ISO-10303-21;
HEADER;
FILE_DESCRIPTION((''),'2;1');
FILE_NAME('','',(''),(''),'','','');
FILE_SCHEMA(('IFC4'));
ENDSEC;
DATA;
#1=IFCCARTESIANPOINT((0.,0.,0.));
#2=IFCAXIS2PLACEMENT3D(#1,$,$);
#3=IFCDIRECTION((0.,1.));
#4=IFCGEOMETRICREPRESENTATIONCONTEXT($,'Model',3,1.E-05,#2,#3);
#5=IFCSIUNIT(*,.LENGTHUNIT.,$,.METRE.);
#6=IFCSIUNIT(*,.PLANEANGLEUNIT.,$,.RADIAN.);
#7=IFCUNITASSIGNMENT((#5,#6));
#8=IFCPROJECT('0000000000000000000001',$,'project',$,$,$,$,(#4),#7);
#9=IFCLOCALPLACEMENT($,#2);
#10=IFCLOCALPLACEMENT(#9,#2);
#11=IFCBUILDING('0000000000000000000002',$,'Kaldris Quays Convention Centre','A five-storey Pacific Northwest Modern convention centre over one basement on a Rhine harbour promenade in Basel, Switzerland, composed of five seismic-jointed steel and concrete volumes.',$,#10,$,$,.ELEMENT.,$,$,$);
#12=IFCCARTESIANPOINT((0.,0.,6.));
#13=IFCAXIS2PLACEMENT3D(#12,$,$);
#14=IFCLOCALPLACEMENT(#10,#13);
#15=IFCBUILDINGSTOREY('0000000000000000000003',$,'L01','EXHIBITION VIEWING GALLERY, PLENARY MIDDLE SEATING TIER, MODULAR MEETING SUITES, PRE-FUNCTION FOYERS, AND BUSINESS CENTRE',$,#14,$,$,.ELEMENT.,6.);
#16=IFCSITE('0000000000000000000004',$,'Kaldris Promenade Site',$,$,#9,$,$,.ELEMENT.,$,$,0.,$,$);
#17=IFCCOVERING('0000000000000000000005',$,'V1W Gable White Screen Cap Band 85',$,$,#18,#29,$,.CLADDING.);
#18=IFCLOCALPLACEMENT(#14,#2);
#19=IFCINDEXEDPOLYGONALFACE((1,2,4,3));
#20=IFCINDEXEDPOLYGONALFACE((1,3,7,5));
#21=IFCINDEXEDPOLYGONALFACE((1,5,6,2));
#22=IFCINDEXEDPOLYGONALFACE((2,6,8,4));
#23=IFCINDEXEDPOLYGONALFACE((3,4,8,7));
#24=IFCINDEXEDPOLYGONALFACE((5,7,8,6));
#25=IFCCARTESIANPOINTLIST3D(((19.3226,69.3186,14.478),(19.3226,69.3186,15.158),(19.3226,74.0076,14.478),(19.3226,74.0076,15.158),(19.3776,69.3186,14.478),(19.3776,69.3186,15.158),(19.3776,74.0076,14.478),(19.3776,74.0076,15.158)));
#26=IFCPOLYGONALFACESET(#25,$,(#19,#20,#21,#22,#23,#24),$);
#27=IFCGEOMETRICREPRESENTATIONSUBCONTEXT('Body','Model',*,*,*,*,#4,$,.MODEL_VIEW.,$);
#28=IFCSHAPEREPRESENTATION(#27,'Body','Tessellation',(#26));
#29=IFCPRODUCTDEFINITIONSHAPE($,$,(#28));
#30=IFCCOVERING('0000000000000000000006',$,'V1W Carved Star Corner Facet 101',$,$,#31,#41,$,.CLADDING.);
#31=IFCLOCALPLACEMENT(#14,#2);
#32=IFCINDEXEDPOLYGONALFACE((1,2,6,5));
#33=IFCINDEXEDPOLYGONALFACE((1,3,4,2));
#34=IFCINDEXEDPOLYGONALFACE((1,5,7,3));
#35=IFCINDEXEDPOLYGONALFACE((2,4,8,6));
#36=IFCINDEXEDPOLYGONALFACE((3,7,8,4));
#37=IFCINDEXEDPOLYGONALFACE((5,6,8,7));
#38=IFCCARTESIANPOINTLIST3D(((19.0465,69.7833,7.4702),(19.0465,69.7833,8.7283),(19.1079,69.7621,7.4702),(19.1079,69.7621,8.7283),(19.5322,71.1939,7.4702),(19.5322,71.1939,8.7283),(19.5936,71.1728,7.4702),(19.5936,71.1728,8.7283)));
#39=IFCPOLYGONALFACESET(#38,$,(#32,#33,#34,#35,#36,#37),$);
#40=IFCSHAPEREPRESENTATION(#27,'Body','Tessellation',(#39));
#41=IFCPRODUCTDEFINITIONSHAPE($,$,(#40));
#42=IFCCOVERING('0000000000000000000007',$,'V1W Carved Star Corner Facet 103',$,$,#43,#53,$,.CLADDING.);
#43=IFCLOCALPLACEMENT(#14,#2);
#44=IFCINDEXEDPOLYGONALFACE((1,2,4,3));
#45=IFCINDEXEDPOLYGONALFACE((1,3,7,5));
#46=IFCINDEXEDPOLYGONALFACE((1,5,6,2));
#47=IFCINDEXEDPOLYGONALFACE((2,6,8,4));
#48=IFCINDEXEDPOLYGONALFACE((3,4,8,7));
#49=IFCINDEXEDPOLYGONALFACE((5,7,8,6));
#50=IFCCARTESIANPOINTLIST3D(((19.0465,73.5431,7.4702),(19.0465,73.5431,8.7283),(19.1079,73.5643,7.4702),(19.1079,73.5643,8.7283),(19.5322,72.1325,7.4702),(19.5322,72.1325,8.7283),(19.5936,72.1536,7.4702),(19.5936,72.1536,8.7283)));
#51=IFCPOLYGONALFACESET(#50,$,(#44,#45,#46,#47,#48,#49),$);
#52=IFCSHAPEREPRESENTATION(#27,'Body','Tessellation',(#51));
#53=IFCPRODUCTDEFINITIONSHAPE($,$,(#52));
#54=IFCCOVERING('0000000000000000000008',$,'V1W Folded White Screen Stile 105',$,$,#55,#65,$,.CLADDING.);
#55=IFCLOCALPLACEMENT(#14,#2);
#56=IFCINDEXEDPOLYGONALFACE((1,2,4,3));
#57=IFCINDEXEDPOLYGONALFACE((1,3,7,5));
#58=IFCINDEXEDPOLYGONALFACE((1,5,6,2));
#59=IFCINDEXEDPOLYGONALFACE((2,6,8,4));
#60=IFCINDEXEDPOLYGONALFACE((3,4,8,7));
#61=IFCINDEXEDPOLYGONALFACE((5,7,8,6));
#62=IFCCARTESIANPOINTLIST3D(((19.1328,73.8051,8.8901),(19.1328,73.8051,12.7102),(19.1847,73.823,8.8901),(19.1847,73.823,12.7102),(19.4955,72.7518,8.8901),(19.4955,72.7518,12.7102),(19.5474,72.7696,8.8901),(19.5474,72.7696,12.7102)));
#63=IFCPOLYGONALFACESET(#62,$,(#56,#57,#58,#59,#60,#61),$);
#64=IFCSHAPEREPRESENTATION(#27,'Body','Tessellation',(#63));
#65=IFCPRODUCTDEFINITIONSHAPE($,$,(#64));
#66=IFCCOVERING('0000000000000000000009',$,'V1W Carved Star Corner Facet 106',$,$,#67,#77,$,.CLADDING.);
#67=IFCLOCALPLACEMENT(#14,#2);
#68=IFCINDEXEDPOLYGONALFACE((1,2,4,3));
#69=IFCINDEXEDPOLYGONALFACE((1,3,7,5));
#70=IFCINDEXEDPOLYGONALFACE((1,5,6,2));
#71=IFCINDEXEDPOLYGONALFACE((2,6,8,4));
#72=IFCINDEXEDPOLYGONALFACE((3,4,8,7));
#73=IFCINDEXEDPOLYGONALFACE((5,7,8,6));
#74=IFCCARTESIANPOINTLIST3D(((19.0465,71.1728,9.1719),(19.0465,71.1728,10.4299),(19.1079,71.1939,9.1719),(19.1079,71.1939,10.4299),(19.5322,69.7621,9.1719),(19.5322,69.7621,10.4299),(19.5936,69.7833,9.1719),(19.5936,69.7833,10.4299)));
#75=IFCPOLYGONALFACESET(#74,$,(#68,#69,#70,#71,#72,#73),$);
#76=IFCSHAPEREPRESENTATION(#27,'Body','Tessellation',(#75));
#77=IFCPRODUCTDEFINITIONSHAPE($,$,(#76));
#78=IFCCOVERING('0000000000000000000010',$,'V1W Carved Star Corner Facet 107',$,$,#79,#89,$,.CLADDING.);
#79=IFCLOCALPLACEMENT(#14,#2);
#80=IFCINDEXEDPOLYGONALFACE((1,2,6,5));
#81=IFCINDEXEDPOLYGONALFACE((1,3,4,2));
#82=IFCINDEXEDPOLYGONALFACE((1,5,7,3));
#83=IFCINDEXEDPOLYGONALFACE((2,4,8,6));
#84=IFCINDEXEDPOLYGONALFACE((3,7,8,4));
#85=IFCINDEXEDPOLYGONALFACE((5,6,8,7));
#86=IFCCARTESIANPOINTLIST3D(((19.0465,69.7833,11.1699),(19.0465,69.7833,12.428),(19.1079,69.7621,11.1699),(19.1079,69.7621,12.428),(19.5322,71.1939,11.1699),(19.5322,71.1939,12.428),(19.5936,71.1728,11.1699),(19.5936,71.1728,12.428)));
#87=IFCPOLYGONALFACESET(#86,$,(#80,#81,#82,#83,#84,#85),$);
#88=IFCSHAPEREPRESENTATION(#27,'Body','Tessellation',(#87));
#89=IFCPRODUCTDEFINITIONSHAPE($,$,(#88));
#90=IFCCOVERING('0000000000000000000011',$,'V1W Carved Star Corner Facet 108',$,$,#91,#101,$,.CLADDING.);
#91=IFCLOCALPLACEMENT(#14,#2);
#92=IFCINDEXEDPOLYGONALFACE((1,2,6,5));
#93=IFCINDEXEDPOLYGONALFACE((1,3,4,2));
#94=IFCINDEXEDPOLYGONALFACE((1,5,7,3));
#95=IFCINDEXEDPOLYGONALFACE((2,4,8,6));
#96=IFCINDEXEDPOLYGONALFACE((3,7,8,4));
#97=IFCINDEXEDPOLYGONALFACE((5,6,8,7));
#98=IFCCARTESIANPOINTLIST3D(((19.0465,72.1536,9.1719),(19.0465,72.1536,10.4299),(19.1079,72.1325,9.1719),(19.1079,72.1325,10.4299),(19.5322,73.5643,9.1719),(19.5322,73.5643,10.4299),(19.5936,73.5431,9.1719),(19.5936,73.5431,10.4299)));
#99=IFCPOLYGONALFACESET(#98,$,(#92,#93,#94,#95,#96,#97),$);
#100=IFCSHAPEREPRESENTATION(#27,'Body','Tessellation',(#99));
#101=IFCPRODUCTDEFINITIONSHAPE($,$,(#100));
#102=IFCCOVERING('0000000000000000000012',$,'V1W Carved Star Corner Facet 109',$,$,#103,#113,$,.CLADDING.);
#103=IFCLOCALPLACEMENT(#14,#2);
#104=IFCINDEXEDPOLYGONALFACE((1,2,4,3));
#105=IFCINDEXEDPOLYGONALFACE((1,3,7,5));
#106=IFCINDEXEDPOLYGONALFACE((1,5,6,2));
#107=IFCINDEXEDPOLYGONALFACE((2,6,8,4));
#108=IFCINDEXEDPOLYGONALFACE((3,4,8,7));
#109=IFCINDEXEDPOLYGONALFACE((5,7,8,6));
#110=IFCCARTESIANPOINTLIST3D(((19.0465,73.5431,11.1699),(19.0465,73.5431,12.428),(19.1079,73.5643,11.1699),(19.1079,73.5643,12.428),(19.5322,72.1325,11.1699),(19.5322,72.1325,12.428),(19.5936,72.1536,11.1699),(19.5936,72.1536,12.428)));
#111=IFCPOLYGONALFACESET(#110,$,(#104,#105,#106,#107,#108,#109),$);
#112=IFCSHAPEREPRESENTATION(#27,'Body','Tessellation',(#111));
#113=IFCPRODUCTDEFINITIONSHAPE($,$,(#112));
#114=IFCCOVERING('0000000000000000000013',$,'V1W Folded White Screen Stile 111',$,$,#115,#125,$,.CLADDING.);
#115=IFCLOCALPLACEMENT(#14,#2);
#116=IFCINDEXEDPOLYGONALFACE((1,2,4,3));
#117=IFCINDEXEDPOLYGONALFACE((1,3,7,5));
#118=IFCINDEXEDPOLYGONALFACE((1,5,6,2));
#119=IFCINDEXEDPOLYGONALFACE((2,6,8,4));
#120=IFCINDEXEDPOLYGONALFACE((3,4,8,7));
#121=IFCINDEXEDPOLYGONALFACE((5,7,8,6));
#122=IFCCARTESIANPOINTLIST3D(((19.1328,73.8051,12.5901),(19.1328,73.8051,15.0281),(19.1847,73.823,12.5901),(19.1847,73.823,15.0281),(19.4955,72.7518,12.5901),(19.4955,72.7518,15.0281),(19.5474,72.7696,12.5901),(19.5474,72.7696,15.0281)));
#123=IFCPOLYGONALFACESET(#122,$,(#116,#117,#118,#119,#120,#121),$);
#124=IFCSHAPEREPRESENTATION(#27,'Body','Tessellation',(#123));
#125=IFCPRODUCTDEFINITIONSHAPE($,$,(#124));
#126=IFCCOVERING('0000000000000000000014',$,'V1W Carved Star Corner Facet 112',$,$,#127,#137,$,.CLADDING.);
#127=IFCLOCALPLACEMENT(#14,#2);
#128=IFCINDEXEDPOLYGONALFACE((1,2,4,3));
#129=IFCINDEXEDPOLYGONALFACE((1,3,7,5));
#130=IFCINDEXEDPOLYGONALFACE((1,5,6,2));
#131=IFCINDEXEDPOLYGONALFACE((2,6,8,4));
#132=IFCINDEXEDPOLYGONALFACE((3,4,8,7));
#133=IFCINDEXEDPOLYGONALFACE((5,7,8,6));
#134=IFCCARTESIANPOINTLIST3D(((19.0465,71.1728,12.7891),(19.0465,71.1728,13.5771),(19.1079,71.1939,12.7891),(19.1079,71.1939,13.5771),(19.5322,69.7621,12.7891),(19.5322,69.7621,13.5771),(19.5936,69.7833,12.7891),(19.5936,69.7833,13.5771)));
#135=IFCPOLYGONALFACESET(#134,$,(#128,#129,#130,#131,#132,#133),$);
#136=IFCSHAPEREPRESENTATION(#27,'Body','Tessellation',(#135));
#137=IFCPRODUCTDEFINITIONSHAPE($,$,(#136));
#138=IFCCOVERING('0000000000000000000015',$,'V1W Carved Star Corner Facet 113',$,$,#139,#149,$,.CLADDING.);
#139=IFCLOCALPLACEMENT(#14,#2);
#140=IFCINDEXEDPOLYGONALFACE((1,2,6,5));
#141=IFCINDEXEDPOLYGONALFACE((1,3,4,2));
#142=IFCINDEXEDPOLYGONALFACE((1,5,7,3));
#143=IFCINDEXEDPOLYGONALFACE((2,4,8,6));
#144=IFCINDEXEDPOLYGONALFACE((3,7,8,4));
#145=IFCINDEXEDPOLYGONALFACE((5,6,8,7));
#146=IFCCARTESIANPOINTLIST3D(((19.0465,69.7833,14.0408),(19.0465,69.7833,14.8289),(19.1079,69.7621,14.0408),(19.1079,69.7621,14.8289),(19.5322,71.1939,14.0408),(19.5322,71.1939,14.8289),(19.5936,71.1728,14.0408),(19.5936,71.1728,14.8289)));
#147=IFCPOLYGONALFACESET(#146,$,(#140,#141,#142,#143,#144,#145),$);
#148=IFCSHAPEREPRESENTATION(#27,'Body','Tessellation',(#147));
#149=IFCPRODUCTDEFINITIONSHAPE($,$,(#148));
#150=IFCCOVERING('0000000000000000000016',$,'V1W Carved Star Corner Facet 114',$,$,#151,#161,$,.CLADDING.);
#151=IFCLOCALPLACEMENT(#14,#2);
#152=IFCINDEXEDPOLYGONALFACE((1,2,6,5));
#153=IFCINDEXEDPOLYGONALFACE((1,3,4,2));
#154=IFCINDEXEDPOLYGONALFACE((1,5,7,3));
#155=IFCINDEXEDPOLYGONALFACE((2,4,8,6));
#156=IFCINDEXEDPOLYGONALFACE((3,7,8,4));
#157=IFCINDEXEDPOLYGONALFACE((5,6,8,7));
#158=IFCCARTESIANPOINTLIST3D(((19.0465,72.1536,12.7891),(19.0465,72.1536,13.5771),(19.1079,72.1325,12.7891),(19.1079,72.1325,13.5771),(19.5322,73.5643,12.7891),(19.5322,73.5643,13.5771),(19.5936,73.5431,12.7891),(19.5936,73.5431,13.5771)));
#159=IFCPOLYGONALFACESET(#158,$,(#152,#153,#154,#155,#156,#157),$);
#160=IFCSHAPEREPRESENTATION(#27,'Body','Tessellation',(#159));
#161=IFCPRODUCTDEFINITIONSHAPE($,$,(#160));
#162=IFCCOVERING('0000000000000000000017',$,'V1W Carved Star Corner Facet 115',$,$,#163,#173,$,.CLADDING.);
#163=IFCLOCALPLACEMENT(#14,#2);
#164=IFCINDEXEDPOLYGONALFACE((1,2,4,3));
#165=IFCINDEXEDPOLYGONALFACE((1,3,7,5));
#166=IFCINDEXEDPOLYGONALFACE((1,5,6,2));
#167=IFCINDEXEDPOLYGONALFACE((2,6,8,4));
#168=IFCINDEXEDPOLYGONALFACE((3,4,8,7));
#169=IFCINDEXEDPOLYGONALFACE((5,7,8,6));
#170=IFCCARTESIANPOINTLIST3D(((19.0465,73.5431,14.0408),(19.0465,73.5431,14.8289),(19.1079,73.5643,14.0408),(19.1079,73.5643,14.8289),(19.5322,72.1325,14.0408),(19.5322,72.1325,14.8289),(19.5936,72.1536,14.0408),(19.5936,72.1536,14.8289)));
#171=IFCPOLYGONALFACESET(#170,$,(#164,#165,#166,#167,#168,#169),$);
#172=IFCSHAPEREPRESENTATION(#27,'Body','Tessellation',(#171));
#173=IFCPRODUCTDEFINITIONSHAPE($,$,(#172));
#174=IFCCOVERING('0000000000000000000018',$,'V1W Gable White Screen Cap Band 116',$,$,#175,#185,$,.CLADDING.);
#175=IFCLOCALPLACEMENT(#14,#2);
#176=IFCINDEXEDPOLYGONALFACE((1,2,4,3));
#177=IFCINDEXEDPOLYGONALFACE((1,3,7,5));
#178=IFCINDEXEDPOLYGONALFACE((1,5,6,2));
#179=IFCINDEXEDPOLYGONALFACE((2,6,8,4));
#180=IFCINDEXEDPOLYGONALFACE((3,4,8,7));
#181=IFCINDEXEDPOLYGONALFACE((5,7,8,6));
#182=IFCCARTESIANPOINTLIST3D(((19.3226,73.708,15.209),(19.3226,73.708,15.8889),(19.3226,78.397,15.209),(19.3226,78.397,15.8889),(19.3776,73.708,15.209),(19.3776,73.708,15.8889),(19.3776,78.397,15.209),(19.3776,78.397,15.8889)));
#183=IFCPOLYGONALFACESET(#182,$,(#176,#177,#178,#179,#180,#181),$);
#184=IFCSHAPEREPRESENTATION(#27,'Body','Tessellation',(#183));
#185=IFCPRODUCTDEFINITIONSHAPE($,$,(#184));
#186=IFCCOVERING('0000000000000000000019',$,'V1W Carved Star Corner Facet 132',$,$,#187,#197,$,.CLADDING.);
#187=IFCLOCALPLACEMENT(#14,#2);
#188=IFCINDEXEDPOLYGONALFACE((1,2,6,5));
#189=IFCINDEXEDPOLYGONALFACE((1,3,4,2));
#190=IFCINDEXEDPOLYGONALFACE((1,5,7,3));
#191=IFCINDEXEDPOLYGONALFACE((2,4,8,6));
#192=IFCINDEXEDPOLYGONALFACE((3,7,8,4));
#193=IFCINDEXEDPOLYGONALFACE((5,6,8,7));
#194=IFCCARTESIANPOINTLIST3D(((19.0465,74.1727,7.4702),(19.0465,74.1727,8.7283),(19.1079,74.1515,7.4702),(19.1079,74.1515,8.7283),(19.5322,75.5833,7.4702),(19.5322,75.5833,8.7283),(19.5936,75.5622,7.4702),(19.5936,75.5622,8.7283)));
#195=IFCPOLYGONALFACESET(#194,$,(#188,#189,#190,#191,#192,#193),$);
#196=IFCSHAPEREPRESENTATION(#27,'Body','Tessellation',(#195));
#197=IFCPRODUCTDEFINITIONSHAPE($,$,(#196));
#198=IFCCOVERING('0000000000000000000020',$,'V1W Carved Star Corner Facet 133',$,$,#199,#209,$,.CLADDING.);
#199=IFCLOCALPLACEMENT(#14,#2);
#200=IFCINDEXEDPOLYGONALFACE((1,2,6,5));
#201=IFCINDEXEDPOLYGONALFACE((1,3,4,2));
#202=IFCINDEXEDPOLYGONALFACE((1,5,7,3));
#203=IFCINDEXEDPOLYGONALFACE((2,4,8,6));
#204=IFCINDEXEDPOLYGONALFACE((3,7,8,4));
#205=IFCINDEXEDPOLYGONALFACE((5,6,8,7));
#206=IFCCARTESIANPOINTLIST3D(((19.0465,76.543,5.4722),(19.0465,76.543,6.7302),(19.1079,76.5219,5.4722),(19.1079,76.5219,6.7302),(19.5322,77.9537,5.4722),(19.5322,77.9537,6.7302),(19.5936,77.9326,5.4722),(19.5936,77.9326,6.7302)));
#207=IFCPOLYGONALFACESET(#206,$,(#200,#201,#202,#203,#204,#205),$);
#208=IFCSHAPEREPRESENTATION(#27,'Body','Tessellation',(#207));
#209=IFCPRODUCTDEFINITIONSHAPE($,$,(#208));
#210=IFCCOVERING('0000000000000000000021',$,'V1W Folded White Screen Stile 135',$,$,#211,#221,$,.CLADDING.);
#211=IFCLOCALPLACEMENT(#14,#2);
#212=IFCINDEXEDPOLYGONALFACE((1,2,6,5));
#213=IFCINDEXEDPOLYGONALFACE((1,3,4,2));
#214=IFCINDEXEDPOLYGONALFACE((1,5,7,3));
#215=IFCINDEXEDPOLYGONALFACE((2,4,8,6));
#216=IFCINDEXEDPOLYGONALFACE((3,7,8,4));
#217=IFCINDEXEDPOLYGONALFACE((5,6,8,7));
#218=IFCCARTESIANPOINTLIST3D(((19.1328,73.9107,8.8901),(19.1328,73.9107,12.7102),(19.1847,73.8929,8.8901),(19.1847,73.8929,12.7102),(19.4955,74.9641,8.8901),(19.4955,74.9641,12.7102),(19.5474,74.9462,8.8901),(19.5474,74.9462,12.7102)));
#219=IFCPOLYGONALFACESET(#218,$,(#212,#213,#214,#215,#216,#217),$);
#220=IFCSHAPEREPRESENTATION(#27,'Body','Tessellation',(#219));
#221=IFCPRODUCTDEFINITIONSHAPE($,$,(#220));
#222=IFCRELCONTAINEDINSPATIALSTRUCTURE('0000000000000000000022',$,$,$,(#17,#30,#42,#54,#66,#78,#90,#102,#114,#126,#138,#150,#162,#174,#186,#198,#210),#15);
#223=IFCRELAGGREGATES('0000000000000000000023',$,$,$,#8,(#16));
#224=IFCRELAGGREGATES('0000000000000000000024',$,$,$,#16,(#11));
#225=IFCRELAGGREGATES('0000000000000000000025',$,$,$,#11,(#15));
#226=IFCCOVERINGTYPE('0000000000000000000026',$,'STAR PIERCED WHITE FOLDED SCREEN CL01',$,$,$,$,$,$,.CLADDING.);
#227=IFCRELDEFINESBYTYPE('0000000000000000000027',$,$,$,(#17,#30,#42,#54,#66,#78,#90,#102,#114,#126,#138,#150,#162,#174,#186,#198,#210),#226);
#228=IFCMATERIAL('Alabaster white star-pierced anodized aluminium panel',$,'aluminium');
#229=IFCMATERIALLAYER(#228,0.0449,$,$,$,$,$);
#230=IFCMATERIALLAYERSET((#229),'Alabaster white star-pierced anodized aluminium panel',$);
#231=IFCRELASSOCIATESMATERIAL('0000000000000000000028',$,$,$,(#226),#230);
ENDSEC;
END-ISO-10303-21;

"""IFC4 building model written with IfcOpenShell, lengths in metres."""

from ifc_helpers import new_model, si_unit, direction, frame, origin, origin_2d, place, context, subcontext, project, spatial, rectangle, extrude, material, layer, layer_set, type_object, element, save


model = new_model("IFC4")

# Units and contexts
model_context = context("Model", 3, precision=1e-05, world=origin(), true_north=direction((0.0, 1.0)))
body_context = subcontext(model_context, "Body", "Model", "MODEL_VIEW")
ifc_project = project(units=[si_unit("LENGTHUNIT", "METRE"), si_unit("PLANEANGLEUNIT", "RADIAN")], contexts=[model_context])

# Site, building, storey
site_placement = place(None, origin())
site = spatial("IfcSite", under=ifc_project, at=site_placement, Name="Kaldris Promenade Site", CompositionType="ELEMENT", RefElevation=0.0)
building_placement = place(site_placement, origin())
building = spatial("IfcBuilding", under=site, at=building_placement, Name="Kaldris Quays Convention Centre", Description="A five-storey Pacific Northwest Modern convention centre over one basement on a Rhine harbour promenade in Basel, Switzerland, composed of five seismic-jointed steel and concrete volumes.", CompositionType="ELEMENT")
storey_placement = place(building_placement, frame((0.0, 0.0, 6.0)))
storey = spatial("IfcBuildingStorey", under=building, at=storey_placement, Name="L01", Description="EXHIBITION VIEWING GALLERY, PLENARY MIDDLE SEATING TIER, MODULAR MEETING SUITES, PRE-FUNCTION FOYERS, AND BUSINESS CENTRE", CompositionType="ELEMENT", Elevation=6.0)

# Coverings
ifc_material_1 = material(Name="Alabaster white star-pierced anodized aluminium panel", Category="aluminium")
ifc_layer = layer(ifc_material_1, 0.0449)
ifc_layer_set = layer_set([ifc_layer], Name="Alabaster white star-pierced anodized aluminium panel")
covering_type = type_object("IfcCoveringType", Name="STAR PIERCED WHITE FOLDED SCREEN CL01", PredefinedType="CLADDING", material=ifc_layer_set)
covering_1_placement = place(storey_placement, frame((19.3501, 71.6631, 14.478), z_axis=(0.0, 0.0, 1.0), x_axis=(0.0, 1.0, 0.0)))
element("IfcCovering", 1, at=covering_1_placement, inside=storey, type_object=covering_type, Name="V1W Gable White Screen Cap Band 85", PredefinedType="CLADDING", context=body_context, shape_type="SweptSolid", body=[
    extrude(rectangle(XDim=4.689, YDim=0.0549, at=origin_2d()), origin(), (0.0, 0.0, 1.0), 0.6799),
])
for number, where, z_axis, x_axis, name in (
    (2, (19.3201, 70.478, 7.4702), (0.0, 0.0, 1.0), (0.325568, 0.945519, 0.0), "V1W Carved Star Corner Facet 101"),
    (3, (19.3201, 72.8484, 7.4702), (0.0, 0.0, 1.0), (-0.325568, 0.945519, 0.0), "V1W Carved Star Corner Facet 103"),
):
    element("IfcCovering", number, at=place(storey_placement, frame(where, z_axis=z_axis, x_axis=x_axis)), inside=storey, type_object=covering_type, Name=name, PredefinedType="CLADDING", context=body_context, shape_type="SweptSolid", body=[
        extrude(rectangle(XDim=1.4919, YDim=0.0649, at=origin_2d()), origin(), (0.0, 0.0, 1.0), 1.2581),
    ])
covering_2_placement = place(storey_placement, frame((19.3401, 73.2874, 8.8901), z_axis=(0.0, 0.0, 1.0), x_axis=(-0.325568, 0.945519, 0.0)))
element("IfcCovering", 4, at=covering_2_placement, inside=storey, type_object=covering_type, Name="V1W Folded White Screen Stile 105", PredefinedType="CLADDING", context=body_context, shape_type="SweptSolid", body=[
    extrude(rectangle(XDim=1.114, YDim=0.0549, at=origin_2d()), origin(), (0.0, 0.0, 1.0), 3.8201),
])
for number, where, z_axis, x_axis, name in (
    (5, (19.3201, 70.478, 9.1719), (0.0, 0.0, 1.0), (-0.325568, 0.945519, 0.0), "V1W Carved Star Corner Facet 106"),
    (6, (19.3201, 70.478, 11.1699), (0.0, 0.0, 1.0), (0.325568, 0.945519, 0.0), "V1W Carved Star Corner Facet 107"),
    (7, (19.3201, 72.8484, 9.1719), (0.0, 0.0, 1.0), (0.325568, 0.945519, 0.0), "V1W Carved Star Corner Facet 108"),
    (8, (19.3201, 72.8484, 11.1699), (0.0, 0.0, 1.0), (-0.325568, 0.945519, 0.0), "V1W Carved Star Corner Facet 109"),
):
    element("IfcCovering", number, at=place(storey_placement, frame(where, z_axis=z_axis, x_axis=x_axis)), inside=storey, type_object=covering_type, Name=name, PredefinedType="CLADDING", context=body_context, shape_type="SweptSolid", body=[
        extrude(rectangle(XDim=1.4919, YDim=0.0649, at=origin_2d()), origin(), (0.0, 0.0, 1.0), 1.2581),
    ])
covering_3_placement = place(storey_placement, frame((19.3401, 73.2874, 12.5901), z_axis=(0.0, 0.0, 1.0), x_axis=(-0.325568, 0.945519, 0.0)))
element("IfcCovering", 9, at=covering_3_placement, inside=storey, type_object=covering_type, Name="V1W Folded White Screen Stile 111", PredefinedType="CLADDING", context=body_context, shape_type="SweptSolid", body=[
    extrude(rectangle(XDim=1.114, YDim=0.0549, at=origin_2d()), origin(), (0.0, 0.0, 1.0), 2.438),
])
for number, where, z_axis, x_axis, name in (
    (10, (19.3201, 70.478, 12.7891), (0.0, 0.0, 1.0), (-0.325568, 0.945519, 0.0), "V1W Carved Star Corner Facet 112"),
    (11, (19.3201, 70.478, 14.0408), (0.0, 0.0, 1.0), (0.325568, 0.945519, 0.0), "V1W Carved Star Corner Facet 113"),
    (12, (19.3201, 72.8484, 12.7891), (0.0, 0.0, 1.0), (0.325568, 0.945519, 0.0), "V1W Carved Star Corner Facet 114"),
    (13, (19.3201, 72.8484, 14.0408), (0.0, 0.0, 1.0), (-0.325568, 0.945519, 0.0), "V1W Carved Star Corner Facet 115"),
):
    element("IfcCovering", number, at=place(storey_placement, frame(where, z_axis=z_axis, x_axis=x_axis)), inside=storey, type_object=covering_type, Name=name, PredefinedType="CLADDING", context=body_context, shape_type="SweptSolid", body=[
        extrude(rectangle(XDim=1.4919, YDim=0.0649, at=origin_2d()), origin(), (0.0, 0.0, 1.0), 0.7881),
    ])
covering_4_placement = place(storey_placement, frame((19.3501, 76.0525, 15.209), z_axis=(0.0, 0.0, 1.0), x_axis=(0.0, 1.0, 0.0)))
element("IfcCovering", 14, at=covering_4_placement, inside=storey, type_object=covering_type, Name="V1W Gable White Screen Cap Band 116", PredefinedType="CLADDING", context=body_context, shape_type="SweptSolid", body=[
    extrude(rectangle(XDim=4.689, YDim=0.0549, at=origin_2d()), origin(), (0.0, 0.0, 1.0), 0.6799),
])
for number, where, z_axis, x_axis, name in (
    (15, (19.3201, 74.8674, 7.4702), (0.0, 0.0, 1.0), (0.325568, 0.945519, 0.0), "V1W Carved Star Corner Facet 132"),
    (16, (19.3201, 77.2378, 5.4722), (0.0, 0.0, 1.0), (0.325568, 0.945519, 0.0), "V1W Carved Star Corner Facet 133"),
):
    element("IfcCovering", number, at=place(storey_placement, frame(where, z_axis=z_axis, x_axis=x_axis)), inside=storey, type_object=covering_type, Name=name, PredefinedType="CLADDING", context=body_context, shape_type="SweptSolid", body=[
        extrude(rectangle(XDim=1.4919, YDim=0.0649, at=origin_2d()), origin(), (0.0, 0.0, 1.0), 1.2581),
    ])
covering_5_placement = place(storey_placement, frame((19.3401, 74.4285, 8.8901), z_axis=(0.0, 0.0, 1.0), x_axis=(0.325568, 0.945519, 0.0)))
element("IfcCovering", 17, at=covering_5_placement, inside=storey, type_object=covering_type, Name="V1W Folded White Screen Stile 135", PredefinedType="CLADDING", context=body_context, shape_type="SweptSolid", body=[
    extrude(rectangle(XDim=1.114, YDim=0.0549, at=origin_2d()), origin(), (0.0, 0.0, 1.0), 3.8201),
])

save(model, "model.ifc")
